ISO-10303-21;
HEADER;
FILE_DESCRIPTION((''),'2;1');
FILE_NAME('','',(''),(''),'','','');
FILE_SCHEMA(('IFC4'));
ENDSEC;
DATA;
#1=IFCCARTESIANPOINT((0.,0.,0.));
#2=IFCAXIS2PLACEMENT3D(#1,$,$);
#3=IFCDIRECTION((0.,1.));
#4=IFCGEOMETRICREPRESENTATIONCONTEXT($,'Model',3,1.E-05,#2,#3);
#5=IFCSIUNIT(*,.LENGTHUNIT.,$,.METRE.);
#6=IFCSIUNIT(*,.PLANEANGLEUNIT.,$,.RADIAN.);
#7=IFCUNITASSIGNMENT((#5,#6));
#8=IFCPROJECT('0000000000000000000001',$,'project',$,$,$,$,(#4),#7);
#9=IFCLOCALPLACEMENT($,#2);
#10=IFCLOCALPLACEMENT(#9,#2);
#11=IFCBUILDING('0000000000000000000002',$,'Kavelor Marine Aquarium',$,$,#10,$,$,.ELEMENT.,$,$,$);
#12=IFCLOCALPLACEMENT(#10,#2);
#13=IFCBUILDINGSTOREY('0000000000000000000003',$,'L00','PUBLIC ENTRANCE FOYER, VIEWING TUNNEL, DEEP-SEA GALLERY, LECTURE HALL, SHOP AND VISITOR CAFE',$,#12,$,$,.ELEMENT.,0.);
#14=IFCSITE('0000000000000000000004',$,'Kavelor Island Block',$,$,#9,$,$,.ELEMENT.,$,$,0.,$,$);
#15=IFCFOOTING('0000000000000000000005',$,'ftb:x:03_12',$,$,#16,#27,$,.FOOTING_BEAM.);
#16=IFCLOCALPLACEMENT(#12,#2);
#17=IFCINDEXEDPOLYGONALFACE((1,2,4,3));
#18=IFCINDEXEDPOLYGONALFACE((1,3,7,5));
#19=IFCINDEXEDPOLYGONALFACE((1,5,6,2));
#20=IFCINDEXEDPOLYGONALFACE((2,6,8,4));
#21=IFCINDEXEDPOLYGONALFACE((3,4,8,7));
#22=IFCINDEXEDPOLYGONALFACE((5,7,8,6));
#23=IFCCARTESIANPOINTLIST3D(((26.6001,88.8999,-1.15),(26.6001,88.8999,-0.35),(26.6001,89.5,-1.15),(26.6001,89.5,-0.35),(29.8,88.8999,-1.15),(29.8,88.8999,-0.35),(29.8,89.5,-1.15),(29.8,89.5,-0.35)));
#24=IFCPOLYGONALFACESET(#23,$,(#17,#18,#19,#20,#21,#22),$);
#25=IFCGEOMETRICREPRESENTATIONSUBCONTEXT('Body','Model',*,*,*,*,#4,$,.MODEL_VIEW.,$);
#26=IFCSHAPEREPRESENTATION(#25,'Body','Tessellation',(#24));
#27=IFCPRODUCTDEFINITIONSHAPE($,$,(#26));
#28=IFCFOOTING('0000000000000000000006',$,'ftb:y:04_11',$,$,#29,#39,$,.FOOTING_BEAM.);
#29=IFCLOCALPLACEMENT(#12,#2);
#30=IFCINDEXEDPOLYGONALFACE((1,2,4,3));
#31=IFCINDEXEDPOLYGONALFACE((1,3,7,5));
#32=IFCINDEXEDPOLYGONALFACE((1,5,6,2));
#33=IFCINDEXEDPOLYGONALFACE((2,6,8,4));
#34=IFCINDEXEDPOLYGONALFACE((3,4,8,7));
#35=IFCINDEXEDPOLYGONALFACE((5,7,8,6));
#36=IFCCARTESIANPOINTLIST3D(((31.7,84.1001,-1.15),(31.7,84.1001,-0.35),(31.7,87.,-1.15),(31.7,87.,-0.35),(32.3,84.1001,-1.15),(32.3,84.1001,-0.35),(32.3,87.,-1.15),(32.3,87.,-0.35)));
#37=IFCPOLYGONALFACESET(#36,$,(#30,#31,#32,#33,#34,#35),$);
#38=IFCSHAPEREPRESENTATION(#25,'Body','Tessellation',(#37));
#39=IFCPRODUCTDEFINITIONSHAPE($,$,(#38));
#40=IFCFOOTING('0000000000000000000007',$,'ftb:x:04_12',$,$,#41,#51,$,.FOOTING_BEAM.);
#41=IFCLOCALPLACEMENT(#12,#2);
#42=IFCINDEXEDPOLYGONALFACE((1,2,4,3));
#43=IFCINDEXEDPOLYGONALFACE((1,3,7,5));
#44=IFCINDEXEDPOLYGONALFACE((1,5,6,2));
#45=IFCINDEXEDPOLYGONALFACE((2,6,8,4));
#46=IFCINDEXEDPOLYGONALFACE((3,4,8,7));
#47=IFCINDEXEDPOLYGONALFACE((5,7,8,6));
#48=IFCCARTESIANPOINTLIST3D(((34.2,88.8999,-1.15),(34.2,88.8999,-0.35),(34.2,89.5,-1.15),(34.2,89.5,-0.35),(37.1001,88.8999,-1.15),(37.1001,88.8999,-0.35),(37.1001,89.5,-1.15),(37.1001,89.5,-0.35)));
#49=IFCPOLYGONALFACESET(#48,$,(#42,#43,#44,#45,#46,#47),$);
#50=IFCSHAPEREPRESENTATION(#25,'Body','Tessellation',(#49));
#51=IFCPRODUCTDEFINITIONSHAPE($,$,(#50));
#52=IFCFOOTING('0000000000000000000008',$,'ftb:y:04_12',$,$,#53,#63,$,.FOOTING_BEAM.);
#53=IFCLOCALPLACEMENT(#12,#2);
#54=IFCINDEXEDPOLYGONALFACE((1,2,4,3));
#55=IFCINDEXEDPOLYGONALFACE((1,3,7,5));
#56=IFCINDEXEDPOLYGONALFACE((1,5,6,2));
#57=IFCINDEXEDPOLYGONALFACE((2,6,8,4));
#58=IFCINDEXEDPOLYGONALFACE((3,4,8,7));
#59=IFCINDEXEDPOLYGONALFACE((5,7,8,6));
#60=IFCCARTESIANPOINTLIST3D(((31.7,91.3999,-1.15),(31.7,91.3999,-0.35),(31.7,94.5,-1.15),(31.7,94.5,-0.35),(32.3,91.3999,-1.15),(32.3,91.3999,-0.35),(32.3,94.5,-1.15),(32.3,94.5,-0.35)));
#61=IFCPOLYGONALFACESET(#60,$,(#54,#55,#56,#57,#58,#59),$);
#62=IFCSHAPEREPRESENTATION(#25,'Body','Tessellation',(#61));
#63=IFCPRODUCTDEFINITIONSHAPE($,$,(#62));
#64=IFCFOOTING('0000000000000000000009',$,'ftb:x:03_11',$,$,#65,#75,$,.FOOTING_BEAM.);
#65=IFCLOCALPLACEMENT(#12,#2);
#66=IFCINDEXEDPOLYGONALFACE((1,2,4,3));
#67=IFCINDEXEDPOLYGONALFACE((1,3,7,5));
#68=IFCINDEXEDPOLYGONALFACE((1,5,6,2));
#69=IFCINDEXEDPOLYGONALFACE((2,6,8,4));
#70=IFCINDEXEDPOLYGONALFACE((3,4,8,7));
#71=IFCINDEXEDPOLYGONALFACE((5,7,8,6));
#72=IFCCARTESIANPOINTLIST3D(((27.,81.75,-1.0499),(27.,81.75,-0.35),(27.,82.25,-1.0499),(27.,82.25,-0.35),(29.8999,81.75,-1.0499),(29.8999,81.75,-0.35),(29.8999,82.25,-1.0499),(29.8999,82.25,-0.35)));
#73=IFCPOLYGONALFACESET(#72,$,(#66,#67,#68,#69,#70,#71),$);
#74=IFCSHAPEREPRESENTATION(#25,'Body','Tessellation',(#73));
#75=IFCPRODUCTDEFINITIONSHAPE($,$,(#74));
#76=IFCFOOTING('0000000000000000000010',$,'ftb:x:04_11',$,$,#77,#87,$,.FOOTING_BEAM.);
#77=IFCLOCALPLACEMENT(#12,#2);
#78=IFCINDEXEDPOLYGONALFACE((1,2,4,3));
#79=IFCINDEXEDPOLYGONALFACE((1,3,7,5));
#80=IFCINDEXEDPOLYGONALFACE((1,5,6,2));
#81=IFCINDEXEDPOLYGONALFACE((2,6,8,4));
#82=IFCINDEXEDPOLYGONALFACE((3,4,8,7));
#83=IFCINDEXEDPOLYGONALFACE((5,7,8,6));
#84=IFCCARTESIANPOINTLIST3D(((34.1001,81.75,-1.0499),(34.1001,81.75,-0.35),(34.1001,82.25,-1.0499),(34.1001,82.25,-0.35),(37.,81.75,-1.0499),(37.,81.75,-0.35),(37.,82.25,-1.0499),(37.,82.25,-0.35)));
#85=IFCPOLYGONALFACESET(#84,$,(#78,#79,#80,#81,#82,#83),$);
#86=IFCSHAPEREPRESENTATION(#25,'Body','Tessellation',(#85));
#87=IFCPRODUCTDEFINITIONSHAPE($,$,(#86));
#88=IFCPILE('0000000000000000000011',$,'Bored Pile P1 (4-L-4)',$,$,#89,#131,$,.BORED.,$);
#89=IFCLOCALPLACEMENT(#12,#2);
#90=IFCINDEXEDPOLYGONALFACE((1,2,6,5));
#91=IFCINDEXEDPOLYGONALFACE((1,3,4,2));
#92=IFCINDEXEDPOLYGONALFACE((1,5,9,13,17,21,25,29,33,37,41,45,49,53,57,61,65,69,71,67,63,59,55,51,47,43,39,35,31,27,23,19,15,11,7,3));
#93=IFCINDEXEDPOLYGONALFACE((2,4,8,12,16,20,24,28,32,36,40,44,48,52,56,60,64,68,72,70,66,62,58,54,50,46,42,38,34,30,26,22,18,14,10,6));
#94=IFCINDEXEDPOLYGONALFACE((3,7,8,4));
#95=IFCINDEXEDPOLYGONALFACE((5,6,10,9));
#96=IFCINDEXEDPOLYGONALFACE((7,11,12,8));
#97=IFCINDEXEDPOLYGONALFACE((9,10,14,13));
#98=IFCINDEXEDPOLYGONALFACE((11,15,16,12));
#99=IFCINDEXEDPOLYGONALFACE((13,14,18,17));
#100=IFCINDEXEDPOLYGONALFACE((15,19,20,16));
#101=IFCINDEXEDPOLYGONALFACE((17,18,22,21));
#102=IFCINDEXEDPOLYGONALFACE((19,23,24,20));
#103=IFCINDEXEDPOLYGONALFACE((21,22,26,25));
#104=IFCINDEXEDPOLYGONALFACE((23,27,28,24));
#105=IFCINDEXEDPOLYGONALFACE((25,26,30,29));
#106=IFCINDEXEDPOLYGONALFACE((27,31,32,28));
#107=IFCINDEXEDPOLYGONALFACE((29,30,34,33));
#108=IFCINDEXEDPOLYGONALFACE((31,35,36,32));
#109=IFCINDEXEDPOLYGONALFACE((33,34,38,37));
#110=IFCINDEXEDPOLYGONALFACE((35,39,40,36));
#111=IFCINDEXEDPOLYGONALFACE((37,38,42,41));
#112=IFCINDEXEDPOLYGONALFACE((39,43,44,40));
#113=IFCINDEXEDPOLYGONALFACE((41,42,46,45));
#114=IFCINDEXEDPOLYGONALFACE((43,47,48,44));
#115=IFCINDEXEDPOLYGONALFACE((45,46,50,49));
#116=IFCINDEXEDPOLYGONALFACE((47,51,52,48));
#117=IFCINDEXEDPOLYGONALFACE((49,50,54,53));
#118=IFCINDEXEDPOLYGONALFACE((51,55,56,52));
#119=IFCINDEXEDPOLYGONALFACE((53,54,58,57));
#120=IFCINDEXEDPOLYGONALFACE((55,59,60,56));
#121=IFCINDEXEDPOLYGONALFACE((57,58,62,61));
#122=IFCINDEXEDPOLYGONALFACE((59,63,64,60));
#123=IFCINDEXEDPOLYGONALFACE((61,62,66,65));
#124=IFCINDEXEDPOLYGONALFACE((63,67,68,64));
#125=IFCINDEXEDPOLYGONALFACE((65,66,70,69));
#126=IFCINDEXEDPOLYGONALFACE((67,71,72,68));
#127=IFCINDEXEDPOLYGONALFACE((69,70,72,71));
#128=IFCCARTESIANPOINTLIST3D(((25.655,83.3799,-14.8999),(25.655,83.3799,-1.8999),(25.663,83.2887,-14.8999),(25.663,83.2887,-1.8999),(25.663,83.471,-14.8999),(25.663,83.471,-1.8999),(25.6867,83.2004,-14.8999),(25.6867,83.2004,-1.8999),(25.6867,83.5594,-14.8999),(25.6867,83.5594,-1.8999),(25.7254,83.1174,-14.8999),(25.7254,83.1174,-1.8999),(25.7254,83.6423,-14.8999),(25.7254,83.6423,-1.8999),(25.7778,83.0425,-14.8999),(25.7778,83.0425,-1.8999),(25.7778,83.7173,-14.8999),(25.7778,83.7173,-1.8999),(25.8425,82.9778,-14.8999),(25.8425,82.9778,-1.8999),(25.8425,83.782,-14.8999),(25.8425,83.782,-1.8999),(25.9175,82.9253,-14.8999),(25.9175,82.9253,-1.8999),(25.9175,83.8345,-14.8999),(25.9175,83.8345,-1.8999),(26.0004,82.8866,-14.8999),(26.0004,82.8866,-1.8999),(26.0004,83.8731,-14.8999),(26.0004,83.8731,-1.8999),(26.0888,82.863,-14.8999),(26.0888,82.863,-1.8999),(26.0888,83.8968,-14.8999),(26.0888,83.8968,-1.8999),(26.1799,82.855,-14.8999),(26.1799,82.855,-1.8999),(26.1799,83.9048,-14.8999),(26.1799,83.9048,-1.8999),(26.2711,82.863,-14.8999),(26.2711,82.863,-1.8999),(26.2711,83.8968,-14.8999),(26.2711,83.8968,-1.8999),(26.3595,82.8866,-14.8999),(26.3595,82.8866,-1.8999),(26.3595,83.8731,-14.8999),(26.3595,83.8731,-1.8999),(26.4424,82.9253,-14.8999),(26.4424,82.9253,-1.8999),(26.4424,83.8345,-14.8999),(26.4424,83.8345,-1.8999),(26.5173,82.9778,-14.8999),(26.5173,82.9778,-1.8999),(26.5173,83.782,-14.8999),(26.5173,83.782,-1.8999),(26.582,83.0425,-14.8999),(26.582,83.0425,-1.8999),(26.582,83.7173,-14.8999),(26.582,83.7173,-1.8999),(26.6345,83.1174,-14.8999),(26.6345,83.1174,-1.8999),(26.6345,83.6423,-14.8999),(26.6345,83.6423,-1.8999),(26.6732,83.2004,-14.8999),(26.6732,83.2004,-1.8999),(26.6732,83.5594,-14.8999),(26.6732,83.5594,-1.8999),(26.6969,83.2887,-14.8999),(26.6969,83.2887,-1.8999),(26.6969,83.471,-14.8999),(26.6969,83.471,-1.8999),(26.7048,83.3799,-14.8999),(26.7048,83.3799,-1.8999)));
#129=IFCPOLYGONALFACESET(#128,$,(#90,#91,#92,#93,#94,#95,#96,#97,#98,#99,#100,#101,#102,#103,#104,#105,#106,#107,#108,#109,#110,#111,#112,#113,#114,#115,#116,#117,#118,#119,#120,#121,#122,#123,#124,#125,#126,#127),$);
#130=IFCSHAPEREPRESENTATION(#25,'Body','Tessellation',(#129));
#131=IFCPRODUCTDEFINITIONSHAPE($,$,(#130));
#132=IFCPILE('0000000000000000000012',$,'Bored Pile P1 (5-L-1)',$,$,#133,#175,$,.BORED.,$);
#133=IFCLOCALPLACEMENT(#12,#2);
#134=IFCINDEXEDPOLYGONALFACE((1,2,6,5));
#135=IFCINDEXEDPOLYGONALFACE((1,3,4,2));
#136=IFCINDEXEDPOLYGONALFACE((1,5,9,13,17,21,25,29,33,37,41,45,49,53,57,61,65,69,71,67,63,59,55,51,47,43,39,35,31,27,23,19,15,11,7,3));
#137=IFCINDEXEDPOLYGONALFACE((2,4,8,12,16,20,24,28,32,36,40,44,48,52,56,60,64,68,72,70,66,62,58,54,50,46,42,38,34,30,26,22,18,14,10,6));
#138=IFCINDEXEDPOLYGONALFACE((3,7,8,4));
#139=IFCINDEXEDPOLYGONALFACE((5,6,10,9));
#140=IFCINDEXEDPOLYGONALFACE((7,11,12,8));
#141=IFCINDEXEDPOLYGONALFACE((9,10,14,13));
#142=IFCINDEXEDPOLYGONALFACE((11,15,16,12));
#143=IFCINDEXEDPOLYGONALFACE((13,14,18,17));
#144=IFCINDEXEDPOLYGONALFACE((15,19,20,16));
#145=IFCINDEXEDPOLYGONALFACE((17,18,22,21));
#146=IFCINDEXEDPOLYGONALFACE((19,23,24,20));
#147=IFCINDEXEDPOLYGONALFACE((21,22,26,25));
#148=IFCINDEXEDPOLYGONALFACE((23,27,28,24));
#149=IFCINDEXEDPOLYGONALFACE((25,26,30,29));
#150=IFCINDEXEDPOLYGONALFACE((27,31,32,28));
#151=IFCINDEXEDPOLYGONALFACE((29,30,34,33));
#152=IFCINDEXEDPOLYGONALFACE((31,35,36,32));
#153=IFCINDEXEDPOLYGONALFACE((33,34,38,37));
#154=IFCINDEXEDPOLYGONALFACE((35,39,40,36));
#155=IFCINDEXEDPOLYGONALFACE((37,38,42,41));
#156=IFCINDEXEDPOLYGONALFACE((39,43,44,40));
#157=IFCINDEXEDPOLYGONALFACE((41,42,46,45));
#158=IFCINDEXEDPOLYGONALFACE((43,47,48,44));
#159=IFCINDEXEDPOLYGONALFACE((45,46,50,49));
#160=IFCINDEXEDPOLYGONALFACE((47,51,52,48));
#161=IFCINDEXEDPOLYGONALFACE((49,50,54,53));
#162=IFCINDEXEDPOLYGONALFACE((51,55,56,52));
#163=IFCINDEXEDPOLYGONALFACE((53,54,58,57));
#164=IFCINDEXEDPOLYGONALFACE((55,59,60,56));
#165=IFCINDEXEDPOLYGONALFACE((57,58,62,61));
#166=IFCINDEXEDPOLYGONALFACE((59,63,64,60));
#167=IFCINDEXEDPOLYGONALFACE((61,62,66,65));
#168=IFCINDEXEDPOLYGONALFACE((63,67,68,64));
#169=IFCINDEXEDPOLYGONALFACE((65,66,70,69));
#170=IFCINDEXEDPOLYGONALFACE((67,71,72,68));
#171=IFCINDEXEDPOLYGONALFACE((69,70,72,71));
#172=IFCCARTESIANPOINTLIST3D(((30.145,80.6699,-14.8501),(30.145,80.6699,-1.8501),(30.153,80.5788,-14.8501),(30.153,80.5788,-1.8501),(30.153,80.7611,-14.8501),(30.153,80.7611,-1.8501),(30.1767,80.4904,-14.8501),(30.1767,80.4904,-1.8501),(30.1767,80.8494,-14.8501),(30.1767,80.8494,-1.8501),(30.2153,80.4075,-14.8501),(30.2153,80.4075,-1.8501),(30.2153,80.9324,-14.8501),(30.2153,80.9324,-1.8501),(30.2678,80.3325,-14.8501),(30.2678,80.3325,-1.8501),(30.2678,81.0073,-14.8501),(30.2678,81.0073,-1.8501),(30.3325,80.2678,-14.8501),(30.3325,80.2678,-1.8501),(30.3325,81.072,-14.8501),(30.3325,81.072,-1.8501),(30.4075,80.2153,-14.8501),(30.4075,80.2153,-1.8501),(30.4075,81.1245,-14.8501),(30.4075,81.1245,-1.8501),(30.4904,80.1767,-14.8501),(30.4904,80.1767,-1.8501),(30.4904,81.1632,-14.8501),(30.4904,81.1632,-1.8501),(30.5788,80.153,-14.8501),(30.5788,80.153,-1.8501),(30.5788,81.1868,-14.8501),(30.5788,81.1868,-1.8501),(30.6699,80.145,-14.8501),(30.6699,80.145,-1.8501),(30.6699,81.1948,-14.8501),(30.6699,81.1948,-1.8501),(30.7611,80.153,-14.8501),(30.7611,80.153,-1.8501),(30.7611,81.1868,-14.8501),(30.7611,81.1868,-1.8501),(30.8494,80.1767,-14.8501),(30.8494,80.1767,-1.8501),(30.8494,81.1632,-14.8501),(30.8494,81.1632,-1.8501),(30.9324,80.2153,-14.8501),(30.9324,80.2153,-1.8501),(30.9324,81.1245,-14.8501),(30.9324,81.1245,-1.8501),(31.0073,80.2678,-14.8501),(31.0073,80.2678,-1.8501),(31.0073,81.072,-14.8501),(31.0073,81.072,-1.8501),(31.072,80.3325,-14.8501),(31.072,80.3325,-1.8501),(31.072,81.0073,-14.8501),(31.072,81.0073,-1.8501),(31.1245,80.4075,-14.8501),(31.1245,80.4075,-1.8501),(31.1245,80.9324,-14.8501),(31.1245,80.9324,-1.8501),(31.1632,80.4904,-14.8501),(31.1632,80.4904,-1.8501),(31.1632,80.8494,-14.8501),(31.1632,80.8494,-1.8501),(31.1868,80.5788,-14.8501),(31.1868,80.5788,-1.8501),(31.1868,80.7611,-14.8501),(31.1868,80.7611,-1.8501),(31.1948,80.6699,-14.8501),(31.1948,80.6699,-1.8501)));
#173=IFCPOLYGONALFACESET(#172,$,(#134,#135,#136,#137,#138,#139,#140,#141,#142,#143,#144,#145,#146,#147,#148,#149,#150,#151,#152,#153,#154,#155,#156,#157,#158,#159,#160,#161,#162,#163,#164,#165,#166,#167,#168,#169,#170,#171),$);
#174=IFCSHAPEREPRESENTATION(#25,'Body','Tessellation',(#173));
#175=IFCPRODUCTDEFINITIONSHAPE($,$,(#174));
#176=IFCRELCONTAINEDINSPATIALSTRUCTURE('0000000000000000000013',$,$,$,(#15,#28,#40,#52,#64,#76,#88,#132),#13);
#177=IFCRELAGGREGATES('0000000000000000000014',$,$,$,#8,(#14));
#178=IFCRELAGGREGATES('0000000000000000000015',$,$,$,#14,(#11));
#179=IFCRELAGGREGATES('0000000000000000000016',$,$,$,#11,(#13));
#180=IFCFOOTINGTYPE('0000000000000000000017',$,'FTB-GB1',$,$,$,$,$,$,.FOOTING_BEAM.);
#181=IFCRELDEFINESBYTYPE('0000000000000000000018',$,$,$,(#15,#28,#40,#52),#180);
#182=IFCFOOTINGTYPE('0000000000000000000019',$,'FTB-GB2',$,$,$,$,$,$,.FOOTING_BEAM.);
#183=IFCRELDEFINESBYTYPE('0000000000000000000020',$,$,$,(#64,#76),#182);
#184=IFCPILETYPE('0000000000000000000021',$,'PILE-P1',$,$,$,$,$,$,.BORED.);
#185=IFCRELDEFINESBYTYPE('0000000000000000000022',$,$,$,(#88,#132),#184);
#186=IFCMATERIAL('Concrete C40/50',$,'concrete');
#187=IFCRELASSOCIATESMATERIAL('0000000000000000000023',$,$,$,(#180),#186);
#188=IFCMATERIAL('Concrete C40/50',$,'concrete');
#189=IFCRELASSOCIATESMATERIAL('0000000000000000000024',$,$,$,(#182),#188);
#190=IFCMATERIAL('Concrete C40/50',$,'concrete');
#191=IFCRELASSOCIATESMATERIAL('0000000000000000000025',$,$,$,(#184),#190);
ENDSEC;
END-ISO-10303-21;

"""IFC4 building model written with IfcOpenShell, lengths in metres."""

from ifc_helpers import new_model, si_unit, direction, frame, origin, origin_2d, place, context, subcontext, project, spatial, rectangle, circle, extrude, material, material_profile, profile_set, type_object, element, save


model = new_model("IFC4")

# Units and contexts
model_context = context("Model", 3, precision=1e-05, world=origin(), true_north=direction((0.0, 1.0)))
body_context = subcontext(model_context, "Body", "Model", "MODEL_VIEW")
ifc_project = project(units=[si_unit("LENGTHUNIT", "METRE"), si_unit("PLANEANGLEUNIT", "RADIAN")], contexts=[model_context])

# Site, building, storey
site_placement = place(None, origin())
site = spatial("IfcSite", under=ifc_project, at=site_placement, Name="Kavelor Island Block", CompositionType="ELEMENT", RefElevation=0.0)
building_placement = place(site_placement, origin())
building = spatial("IfcBuilding", under=site, at=building_placement, Name="Kavelor Marine Aquarium", CompositionType="ELEMENT")
storey_placement = place(building_placement, origin())
storey = spatial("IfcBuildingStorey", under=building, at=storey_placement, Name="L00", Description="PUBLIC ENTRANCE FOYER, VIEWING TUNNEL, DEEP-SEA GALLERY, LECTURE HALL, SHOP AND VISITOR CAFE", CompositionType="ELEMENT", Elevation=0.0)

# Footings
ifc_material_1 = material(Name="Concrete C40/50", Category="concrete")
ifc_material_profile_1 = material_profile(ifc_material_1, rectangle(XDim=0.6001, YDim=0.8, at=origin_2d()), Name="GB 600x800")
ifc_profile_set_1 = profile_set([ifc_material_profile_1], Name="Concrete C40/50")
footing_type_1 = type_object("IfcFootingType", Name="FTB-GB1", PredefinedType="FOOTING_BEAM", material=ifc_profile_set_1)
footing_1_placement = place(storey_placement, frame((26.6001, 89.2, -0.75), z_axis=(1.0, 0.0, 0.0), x_axis=(0.0, 1.0, 0.0)))
element("IfcFooting", 1, at=footing_1_placement, inside=storey, type_object=footing_type_1, Name="ftb:x:03_12", PredefinedType="FOOTING_BEAM", context=body_context, shape_type="SweptSolid", body=[
    extrude(rectangle(XDim=0.6001, YDim=0.8, at=origin_2d()), origin(), (0.0, 0.0, 1.0), 3.2),
])
footing_2_placement = place(storey_placement, frame((32.0, 84.1001, -0.75), z_axis=(0.0, 1.0, 0.0), x_axis=(-1.0, 0.0, 0.0)))
element("IfcFooting", 2, at=footing_2_placement, inside=storey, type_object=footing_type_1, Name="ftb:y:04_11", PredefinedType="FOOTING_BEAM", context=body_context, shape_type="SweptSolid", body=[
    extrude(rectangle(XDim=0.6001, YDim=0.8, at=origin_2d()), origin(), (0.0, 0.0, 1.0), 2.8999),
])
footing_3_placement = place(storey_placement, frame((34.2, 89.2, -0.75), z_axis=(1.0, 0.0, 0.0), x_axis=(0.0, 1.0, 0.0)))
element("IfcFooting", 3, at=footing_3_placement, inside=storey, type_object=footing_type_1, Name="ftb:x:04_12", PredefinedType="FOOTING_BEAM", context=body_context, shape_type="SweptSolid", body=[
    extrude(rectangle(XDim=0.6001, YDim=0.8, at=origin_2d()), origin(), (0.0, 0.0, 1.0), 2.9001),
])
footing_4_placement = place(storey_placement, frame((32.0, 91.3999, -0.75), z_axis=(0.0, 1.0, 0.0), x_axis=(-1.0, 0.0, 0.0)))
element("IfcFooting", 4, at=footing_4_placement, inside=storey, type_object=footing_type_1, Name="ftb:y:04_12", PredefinedType="FOOTING_BEAM", context=body_context, shape_type="SweptSolid", body=[
    extrude(rectangle(XDim=0.6001, YDim=0.8, at=origin_2d()), origin(), (0.0, 0.0, 1.0), 3.1001),
])
ifc_material_2 = material(Name="Concrete C40/50", Category="concrete")
ifc_material_profile_2 = material_profile(ifc_material_2, rectangle(XDim=0.5, YDim=0.7, at=origin_2d()), Name="GB 500x700")
ifc_profile_set_2 = profile_set([ifc_material_profile_2], Name="Concrete C40/50")
footing_type_2 = type_object("IfcFootingType", Name="FTB-GB2", PredefinedType="FOOTING_BEAM", material=ifc_profile_set_2)
for number, where, z_axis, x_axis, name in (
    (5, (27.0, 82.0, -0.7), (1.0, 0.0, 0.0), (0.0, 1.0, 0.0), "ftb:x:03_11"),
    (6, (34.1001, 82.0, -0.7), (1.0, 0.0, 0.0), (0.0, 1.0, 0.0), "ftb:x:04_11"),
):
    element("IfcFooting", number, at=place(storey_placement, frame(where, z_axis=z_axis, x_axis=x_axis)), inside=storey, type_object=footing_type_2, Name=name, PredefinedType="FOOTING_BEAM", context=body_context, shape_type="SweptSolid", body=[
        extrude(rectangle(XDim=0.5, YDim=0.7, at=origin_2d()), origin(), (0.0, 0.0, 1.0), 2.8999),
    ])

# Piles
ifc_material_3 = material(Name="Concrete C40/50", Category="concrete")
ifc_material_profile_3 = material_profile(ifc_material_3, circle(Radius=0.5249, at=origin_2d()), Name="PILE D1050")
ifc_profile_set_3 = profile_set([ifc_material_profile_3], Name="Concrete C40/50")
pile_type_1 = type_object("IfcPileType", Name="PILE-P1", PredefinedType="BORED", material=ifc_profile_set_3)
for number, where, z_axis, x_axis, name in (
    (7, (26.1799, 83.3799, -1.8999), (0.0, 0.0, -1.0), (1.0, 0.0, 0.0), "Bored Pile P1 (4-L-4)"),
    (8, (30.6699, 80.6699, -1.8501), (0.0, 0.0, -1.0), (1.0, 0.0, 0.0), "Bored Pile P1 (5-L-1)"),
):
    element("IfcPile", number, at=place(storey_placement, frame(where, z_axis=z_axis, x_axis=x_axis)), inside=storey, type_object=pile_type_1, Name=name, PredefinedType="BORED", context=body_context, shape_type="SweptSolid", body=[
        extrude(circle(Radius=0.5249, at=origin_2d()), origin(), (0.0, 0.0, 1.0), 13.0),
    ])

save(model, "model.ifc")
